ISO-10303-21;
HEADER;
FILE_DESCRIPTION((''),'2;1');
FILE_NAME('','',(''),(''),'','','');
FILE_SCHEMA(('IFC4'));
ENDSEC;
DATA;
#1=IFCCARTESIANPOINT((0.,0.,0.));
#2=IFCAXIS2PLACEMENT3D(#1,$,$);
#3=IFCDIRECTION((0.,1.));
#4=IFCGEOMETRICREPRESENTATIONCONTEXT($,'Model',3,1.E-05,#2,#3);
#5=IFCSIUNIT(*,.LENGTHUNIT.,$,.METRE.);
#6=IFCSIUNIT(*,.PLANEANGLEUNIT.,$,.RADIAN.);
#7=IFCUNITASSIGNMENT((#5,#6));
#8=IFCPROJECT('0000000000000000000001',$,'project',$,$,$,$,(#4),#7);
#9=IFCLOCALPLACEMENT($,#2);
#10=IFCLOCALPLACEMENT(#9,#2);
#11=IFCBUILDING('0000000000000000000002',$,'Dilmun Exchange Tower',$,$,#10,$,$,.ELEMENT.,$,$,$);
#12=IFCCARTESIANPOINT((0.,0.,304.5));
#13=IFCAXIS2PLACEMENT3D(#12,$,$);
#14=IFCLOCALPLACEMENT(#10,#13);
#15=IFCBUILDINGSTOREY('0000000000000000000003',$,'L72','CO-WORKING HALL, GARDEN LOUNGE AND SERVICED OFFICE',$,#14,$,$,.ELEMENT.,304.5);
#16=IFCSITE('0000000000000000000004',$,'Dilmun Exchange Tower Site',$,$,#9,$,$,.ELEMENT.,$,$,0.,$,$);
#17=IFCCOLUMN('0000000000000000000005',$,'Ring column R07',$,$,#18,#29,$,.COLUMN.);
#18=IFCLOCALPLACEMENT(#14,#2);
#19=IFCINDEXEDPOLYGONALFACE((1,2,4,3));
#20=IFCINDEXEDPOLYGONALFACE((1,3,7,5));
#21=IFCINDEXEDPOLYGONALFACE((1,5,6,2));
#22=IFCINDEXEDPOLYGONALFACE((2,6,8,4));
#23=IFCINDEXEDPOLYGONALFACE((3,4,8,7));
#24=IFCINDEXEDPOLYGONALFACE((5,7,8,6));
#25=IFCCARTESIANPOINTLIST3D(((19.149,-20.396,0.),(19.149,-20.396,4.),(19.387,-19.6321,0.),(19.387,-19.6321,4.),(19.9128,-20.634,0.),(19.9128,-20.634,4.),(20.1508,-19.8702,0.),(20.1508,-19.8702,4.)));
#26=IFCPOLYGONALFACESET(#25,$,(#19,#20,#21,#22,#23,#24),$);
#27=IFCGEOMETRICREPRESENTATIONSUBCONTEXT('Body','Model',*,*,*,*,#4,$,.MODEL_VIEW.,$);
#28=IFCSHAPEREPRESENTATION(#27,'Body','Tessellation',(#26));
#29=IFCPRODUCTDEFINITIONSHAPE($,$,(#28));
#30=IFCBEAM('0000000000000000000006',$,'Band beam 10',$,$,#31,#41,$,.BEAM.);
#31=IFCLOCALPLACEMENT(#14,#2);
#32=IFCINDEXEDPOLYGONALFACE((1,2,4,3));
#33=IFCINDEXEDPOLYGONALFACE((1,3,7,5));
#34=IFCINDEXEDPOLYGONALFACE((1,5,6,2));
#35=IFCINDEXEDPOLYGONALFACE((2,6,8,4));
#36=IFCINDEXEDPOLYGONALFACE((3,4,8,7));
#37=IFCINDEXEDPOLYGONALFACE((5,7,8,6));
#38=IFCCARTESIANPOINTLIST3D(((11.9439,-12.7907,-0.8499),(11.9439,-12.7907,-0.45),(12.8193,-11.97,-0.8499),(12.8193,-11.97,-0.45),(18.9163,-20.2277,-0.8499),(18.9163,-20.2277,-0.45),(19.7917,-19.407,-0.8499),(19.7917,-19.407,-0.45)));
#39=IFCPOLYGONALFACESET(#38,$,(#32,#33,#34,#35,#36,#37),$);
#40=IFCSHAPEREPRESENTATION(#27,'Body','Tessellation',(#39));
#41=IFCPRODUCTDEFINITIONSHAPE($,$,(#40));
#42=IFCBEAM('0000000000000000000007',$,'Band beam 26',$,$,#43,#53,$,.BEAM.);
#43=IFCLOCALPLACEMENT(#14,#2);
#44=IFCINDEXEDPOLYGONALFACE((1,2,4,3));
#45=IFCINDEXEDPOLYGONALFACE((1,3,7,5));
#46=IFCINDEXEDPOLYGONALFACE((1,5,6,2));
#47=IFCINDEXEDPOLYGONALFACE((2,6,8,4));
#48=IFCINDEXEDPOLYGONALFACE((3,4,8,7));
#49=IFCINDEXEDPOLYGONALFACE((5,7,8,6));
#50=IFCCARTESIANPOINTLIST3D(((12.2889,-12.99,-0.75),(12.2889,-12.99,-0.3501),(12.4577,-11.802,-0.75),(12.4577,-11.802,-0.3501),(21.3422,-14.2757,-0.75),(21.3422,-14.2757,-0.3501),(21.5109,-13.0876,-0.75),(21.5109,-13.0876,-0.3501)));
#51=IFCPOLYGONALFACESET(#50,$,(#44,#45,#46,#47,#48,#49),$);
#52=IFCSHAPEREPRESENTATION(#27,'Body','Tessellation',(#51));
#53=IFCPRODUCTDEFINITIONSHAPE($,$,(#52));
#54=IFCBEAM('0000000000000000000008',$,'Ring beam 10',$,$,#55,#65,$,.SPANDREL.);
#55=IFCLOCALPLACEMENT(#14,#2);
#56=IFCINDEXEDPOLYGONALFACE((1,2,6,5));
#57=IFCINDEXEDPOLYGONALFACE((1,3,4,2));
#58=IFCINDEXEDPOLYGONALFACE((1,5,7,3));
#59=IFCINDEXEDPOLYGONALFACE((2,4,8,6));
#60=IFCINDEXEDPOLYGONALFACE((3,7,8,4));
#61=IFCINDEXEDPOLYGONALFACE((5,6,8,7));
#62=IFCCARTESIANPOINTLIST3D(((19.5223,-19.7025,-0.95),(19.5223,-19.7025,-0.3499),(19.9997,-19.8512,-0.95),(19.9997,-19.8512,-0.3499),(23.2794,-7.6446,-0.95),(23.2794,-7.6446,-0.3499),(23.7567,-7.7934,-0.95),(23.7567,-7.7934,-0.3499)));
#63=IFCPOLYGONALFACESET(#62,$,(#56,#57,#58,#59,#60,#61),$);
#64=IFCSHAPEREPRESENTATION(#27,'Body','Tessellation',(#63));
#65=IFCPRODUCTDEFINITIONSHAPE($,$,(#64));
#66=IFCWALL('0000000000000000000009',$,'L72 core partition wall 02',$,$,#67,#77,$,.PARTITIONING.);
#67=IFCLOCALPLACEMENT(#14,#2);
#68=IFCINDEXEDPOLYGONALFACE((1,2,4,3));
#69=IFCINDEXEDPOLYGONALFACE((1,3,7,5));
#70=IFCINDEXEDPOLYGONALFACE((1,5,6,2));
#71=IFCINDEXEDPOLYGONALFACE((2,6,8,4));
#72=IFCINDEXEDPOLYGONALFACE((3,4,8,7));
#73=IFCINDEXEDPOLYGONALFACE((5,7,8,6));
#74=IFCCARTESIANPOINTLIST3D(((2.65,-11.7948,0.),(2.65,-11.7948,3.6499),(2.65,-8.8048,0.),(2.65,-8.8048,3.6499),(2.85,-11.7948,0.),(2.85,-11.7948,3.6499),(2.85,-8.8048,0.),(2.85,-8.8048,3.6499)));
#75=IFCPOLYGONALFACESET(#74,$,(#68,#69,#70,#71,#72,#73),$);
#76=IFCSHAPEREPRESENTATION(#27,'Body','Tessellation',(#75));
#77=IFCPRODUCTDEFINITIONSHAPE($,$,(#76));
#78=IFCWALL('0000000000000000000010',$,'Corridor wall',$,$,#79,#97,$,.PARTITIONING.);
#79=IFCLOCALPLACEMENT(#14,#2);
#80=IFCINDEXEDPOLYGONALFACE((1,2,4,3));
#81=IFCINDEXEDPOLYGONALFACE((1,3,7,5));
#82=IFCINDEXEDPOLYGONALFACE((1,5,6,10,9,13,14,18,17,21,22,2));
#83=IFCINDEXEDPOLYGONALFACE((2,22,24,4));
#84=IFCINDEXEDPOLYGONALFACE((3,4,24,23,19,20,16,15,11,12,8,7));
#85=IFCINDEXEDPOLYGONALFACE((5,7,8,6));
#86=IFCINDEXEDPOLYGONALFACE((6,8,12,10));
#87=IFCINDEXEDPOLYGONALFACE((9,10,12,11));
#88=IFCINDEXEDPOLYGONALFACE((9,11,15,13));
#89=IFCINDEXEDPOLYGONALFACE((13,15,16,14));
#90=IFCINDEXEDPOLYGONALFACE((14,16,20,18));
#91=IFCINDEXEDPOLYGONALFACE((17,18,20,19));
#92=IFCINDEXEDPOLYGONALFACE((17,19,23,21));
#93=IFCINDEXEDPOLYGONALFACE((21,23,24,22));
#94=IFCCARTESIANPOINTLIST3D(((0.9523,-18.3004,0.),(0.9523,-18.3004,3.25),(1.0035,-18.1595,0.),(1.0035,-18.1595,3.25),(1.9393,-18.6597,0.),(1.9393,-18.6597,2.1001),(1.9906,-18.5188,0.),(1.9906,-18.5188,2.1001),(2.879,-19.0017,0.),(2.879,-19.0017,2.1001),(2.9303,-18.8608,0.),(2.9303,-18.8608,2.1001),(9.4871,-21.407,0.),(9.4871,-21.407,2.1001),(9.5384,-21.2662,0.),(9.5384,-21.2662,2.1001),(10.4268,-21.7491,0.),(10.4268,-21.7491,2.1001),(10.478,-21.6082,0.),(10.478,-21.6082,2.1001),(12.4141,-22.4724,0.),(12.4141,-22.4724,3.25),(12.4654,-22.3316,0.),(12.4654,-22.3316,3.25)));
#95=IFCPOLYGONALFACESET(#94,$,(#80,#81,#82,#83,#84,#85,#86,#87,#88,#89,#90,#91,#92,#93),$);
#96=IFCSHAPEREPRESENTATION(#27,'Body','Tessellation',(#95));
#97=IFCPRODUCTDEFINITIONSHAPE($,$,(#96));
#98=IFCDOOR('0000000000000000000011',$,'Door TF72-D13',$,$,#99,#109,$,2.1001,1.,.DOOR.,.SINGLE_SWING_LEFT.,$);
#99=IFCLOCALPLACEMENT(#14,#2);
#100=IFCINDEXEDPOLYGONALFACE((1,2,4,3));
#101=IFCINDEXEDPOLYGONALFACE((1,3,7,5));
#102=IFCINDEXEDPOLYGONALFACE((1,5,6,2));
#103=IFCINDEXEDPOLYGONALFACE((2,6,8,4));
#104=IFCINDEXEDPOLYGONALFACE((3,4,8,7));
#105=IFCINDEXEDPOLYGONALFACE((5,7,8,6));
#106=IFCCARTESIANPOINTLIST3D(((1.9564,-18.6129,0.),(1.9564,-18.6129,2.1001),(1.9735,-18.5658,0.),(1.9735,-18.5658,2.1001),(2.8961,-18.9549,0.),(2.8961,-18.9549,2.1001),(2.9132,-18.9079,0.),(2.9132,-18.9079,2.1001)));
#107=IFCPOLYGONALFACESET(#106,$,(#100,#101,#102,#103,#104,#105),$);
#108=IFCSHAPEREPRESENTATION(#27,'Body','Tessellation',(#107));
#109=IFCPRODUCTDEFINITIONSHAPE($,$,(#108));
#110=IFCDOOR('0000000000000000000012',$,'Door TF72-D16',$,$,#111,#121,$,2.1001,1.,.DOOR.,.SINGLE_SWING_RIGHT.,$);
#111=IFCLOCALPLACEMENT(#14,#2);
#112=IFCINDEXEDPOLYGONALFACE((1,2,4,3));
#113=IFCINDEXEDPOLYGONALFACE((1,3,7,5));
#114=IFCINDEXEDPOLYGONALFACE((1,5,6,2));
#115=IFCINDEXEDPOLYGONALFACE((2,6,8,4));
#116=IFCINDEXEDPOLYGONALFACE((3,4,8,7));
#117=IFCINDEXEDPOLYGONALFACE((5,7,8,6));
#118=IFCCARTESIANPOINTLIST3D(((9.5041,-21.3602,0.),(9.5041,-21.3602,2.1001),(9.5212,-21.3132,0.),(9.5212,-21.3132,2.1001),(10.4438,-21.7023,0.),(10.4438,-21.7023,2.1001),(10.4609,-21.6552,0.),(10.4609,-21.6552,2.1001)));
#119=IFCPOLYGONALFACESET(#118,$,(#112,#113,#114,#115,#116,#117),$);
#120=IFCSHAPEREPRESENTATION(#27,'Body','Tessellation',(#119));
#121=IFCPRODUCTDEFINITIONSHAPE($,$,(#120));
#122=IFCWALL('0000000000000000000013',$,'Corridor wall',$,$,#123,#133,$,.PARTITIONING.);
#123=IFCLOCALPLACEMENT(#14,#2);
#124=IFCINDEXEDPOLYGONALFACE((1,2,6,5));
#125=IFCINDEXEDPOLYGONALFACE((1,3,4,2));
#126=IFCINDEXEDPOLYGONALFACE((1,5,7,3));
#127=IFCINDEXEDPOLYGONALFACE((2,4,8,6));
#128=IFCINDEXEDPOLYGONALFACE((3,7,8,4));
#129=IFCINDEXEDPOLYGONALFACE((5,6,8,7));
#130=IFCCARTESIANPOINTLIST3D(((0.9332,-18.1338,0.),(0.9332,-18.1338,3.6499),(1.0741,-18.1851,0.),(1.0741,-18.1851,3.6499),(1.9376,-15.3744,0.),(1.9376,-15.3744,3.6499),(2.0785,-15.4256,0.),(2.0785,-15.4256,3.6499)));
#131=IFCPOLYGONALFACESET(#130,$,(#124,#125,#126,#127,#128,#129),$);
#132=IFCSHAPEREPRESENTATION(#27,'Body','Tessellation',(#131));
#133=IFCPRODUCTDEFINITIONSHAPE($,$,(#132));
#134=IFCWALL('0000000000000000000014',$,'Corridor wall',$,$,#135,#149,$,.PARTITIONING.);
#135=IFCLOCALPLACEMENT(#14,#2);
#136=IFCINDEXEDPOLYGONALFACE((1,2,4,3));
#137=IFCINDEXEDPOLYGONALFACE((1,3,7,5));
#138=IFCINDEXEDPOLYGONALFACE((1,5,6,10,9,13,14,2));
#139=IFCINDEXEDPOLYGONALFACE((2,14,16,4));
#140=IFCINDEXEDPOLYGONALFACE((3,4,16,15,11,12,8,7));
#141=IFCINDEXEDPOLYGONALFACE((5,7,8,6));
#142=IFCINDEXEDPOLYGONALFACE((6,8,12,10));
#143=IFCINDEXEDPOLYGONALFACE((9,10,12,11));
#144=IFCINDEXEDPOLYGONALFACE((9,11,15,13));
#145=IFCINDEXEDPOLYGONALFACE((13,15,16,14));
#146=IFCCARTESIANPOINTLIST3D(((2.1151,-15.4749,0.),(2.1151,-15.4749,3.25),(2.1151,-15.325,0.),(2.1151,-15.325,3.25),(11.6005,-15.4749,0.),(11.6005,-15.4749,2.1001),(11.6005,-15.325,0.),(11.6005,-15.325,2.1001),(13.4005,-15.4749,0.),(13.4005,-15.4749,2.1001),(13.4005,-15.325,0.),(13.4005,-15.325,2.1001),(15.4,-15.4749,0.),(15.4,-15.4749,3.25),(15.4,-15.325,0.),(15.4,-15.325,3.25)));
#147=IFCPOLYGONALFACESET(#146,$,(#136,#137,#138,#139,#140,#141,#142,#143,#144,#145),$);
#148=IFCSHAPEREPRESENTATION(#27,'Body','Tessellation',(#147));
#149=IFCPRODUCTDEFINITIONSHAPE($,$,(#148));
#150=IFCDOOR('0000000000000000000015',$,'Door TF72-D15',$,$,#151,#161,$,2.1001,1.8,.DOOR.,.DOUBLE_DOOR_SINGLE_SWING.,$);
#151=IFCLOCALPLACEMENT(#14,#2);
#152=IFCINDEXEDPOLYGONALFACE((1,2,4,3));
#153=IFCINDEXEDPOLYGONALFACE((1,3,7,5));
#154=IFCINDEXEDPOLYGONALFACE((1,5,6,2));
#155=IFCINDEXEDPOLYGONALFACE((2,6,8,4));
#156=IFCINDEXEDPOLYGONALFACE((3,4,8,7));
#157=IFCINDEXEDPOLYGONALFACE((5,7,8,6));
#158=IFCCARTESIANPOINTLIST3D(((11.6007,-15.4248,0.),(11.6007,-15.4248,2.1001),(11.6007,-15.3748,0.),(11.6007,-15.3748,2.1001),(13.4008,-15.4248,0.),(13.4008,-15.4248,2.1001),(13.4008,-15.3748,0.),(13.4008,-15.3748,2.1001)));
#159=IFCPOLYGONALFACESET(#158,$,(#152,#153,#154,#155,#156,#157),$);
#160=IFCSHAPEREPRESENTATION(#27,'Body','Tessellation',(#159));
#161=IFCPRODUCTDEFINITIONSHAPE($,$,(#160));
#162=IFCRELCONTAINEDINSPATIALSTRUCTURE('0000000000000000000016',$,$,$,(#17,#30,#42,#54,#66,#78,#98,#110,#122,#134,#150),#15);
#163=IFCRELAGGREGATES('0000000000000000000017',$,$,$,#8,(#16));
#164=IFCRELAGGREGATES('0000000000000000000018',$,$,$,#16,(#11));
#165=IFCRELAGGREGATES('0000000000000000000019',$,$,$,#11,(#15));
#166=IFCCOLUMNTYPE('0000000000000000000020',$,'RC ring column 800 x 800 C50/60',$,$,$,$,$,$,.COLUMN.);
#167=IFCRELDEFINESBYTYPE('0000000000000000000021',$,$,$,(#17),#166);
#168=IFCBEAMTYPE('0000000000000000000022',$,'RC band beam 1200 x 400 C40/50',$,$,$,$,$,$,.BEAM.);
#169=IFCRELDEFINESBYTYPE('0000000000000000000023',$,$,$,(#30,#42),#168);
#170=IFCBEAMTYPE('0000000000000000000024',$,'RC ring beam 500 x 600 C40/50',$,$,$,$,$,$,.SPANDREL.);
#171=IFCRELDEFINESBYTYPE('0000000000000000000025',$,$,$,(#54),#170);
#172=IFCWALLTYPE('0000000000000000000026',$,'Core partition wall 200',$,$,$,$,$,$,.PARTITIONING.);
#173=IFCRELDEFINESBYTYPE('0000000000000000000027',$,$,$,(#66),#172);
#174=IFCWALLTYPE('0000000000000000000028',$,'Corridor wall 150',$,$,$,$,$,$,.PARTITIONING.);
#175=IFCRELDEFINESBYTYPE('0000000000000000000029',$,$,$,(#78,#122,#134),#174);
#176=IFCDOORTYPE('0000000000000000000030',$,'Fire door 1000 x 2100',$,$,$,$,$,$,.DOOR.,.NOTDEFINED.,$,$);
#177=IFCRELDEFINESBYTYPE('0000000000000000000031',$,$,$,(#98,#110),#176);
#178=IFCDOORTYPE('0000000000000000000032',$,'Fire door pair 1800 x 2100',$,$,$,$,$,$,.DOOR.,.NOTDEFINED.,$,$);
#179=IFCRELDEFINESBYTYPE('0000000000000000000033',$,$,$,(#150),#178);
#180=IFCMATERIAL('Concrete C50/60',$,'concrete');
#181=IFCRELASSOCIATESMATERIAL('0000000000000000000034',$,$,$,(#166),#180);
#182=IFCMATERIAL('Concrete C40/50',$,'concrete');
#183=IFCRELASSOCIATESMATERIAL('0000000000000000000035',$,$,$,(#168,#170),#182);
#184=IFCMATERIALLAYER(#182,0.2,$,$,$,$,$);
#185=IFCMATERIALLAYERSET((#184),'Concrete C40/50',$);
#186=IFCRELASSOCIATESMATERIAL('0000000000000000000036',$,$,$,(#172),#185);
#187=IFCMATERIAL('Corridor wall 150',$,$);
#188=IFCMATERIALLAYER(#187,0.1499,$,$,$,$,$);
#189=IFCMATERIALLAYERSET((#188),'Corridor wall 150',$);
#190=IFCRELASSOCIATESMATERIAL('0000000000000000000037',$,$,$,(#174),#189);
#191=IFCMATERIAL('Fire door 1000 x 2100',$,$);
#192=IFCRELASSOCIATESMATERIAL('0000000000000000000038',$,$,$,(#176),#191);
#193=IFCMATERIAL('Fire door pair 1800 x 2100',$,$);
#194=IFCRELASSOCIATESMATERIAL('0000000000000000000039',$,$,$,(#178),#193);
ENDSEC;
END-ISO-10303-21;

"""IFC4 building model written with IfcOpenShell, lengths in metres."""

from ifc_helpers import new_model, si_unit, direction, frame, frame_2d, origin, origin_2d, place, context, subcontext, project, spatial, rectangle, extrude, material, layer, layer_set, material_profile, profile_set, type_object, element, fill, save


model = new_model("IFC4")

# Units and contexts
model_context = context("Model", 3, precision=1e-05, world=origin(), true_north=direction((0.0, 1.0)))
body_context = subcontext(model_context, "Body", "Model", "MODEL_VIEW")
ifc_project = project(units=[si_unit("LENGTHUNIT", "METRE"), si_unit("PLANEANGLEUNIT", "RADIAN")], contexts=[model_context])

# Site, building, storey
site_placement = place(None, origin())
site = spatial("IfcSite", under=ifc_project, at=site_placement, Name="Dilmun Exchange Tower Site", CompositionType="ELEMENT", RefElevation=0.0)
building_placement = place(site_placement, origin())
building = spatial("IfcBuilding", under=site, at=building_placement, Name="Dilmun Exchange Tower", CompositionType="ELEMENT")
storey_placement = place(building_placement, frame((0.0, 0.0, 304.5)))
storey = spatial("IfcBuildingStorey", under=building, at=storey_placement, Name="L72", Description="CO-WORKING HALL, GARDEN LOUNGE AND SERVICED OFFICE", CompositionType="ELEMENT", Elevation=304.5)

# Column
ifc_material_1 = material(Name="Concrete C50/60", Category="concrete")
ifc_material_profile_1 = material_profile(ifc_material_1, rectangle(XDim=0.8, YDim=0.8, at=origin_2d()), Name="800 x 800")
ifc_profile_set_1 = profile_set([ifc_material_profile_1], Name="Concrete C50/60")
column_type = type_object("IfcColumnType", Name="RC ring column 800 x 800 C50/60", PredefinedType="COLUMN", material=ifc_profile_set_1)
column_placement = place(storey_placement, frame((19.6499, -20.1331, 0.0), z_axis=(0.0, 0.0, 1.0), x_axis=(0.297503, 0.954721, 0.0)))
element("IfcColumn", 1, at=column_placement, inside=storey, type_object=column_type, Name="Ring column R07", PredefinedType="COLUMN", context=body_context, shape_type="SweptSolid", body=[
    extrude(rectangle(XDim=0.8, YDim=0.8, at=origin_2d()), origin(), (0.0, 0.0, 1.0), 4.0),
])

# Beams
ifc_material_2 = material(Name="Concrete C40/50", Category="concrete")
ifc_material_profile_2 = material_profile(ifc_material_2, rectangle(XDim=1.2, YDim=0.3999, at=origin_2d()), Name="1200 x 400")
ifc_profile_set_2 = profile_set([ifc_material_profile_2], Name="Concrete C40/50")
beam_type_1 = type_object("IfcBeamType", Name="RC band beam 1200 x 400 C40/50", PredefinedType="BEAM", material=ifc_profile_set_2)
beam_1_placement = place(storey_placement, frame((19.354, -19.8174, -0.6499), z_axis=(-0.683952, 0.729527, 0.0), x_axis=(-0.729527, -0.683952, 0.0)))
element("IfcBeam", 2, at=beam_1_placement, inside=storey, type_object=beam_type_1, Name="Band beam 10", PredefinedType="BEAM", context=body_context, shape_type="SweptSolid", body=[
    extrude(rectangle(XDim=1.2, YDim=0.3999, at=origin_2d()), origin(), (0.0, 0.0, 1.0), 10.1943),
])
beam_2_placement = place(storey_placement, frame((21.4265, -13.6816, -0.55), z_axis=(-0.990067, 0.140599, 0.0), x_axis=(-0.140599, -0.990067, 0.0)))
element("IfcBeam", 3, at=beam_2_placement, inside=storey, type_object=beam_type_1, Name="Band beam 26", PredefinedType="BEAM", context=body_context, shape_type="SweptSolid", body=[
    extrude(rectangle(XDim=1.2, YDim=0.3999, at=origin_2d()), origin(), (0.0, 0.0, 1.0), 9.144),
])
ifc_material_profile_3 = material_profile(ifc_material_2, rectangle(XDim=0.5, YDim=0.6001, at=origin_2d()), Name="500 x 600")
ifc_profile_set_3 = profile_set([ifc_material_profile_3], Name="Concrete C40/50")
beam_type_2 = type_object("IfcBeamType", Name="RC ring beam 500 x 600 C40/50", PredefinedType="SPANDREL", material=ifc_profile_set_3)
beam_3_placement = place(storey_placement, frame((19.761, -19.7769, -0.6499), z_axis=(0.297481, 0.954728, 0.0), x_axis=(-0.954728, 0.297481, 0.0)))
element("IfcBeam", 4, at=beam_3_placement, inside=storey, type_object=beam_type_2, Name="Ring beam 10", PredefinedType="SPANDREL", context=body_context, shape_type="SweptSolid", body=[
    extrude(rectangle(XDim=0.5, YDim=0.6001, at=origin_2d()), origin(), (0.0, 0.0, 1.0), 12.6296),
])

# Wall
ifc_layer_1 = layer(ifc_material_2, 0.2)
ifc_layer_set_1 = layer_set([ifc_layer_1], Name="Concrete C40/50")
wall_type_1 = type_object("IfcWallType", Name="Core partition wall 200", PredefinedType="PARTITIONING", material=ifc_layer_set_1)
wall_1_placement = place(storey_placement, frame((2.75, -11.7949, 0.0), z_axis=(0.0, 0.0, 1.0), x_axis=(0.0, 1.0, 0.0)))
element("IfcWall", 5, at=wall_1_placement, inside=storey, type_object=wall_type_1, Name="L72 core partition wall 02", PredefinedType="PARTITIONING", context=body_context, shape_type="SweptSolid", body=[
    extrude(rectangle(XDim=2.99, YDim=0.2, at=frame_2d((1.4951, 0.0))), origin(), (0.0, 0.0, 1.0), 3.6499),
])

# Wall, openings, doors
ifc_material_3 = material(Name="Corridor wall 150")
ifc_layer_2 = layer(ifc_material_3, 0.1499)
ifc_layer_set_2 = layer_set([ifc_layer_2], Name="Corridor wall 150")
wall_type_2 = type_object("IfcWallType", Name="Corridor wall 150", PredefinedType="PARTITIONING", material=ifc_layer_set_2)
wall_2_placement = place(storey_placement, frame((0.978, -18.23, 0.0), z_axis=(0.0, 0.0, 1.0), x_axis=(0.939684, -0.342044, 0.0)))
wall_2 = element("IfcWall", 6, at=wall_2_placement, inside=storey, type_object=wall_type_2, Name="Corridor wall", PredefinedType="PARTITIONING", context=body_context, shape_type="SweptSolid", body=[
    extrude(rectangle(XDim=12.1975, YDim=0.1499, at=frame_2d((6.0986, 0.0))), origin(), (0.0, 0.0, 1.0), 3.25),
])
opening_1_placement = place(wall_2_placement, frame((1.0503, 0.0, 0.0)))
opening_1 = element("IfcOpeningElement", 7, at=opening_1_placement, cuts=wall_2, PredefinedType="OPENING", context=body_context, shape_type="SweptSolid", body=[
    extrude(rectangle(XDim=1.0, YDim=2.1001, at=frame_2d((0.5, 1.05))), frame((0.0, 0.085, 0.0), z_axis=(0.0, -1.0, 0.0), x_axis=(1.0, 0.0, 0.0)), (0.0, 0.0, 1.0), 0.1699),
])
opening_2_placement = place(wall_2_placement, frame((9.0825, 0.0, 0.0)))
opening_2 = element("IfcOpeningElement", 8, at=opening_2_placement, cuts=wall_2, PredefinedType="OPENING", context=body_context, shape_type="SweptSolid", body=[
    extrude(rectangle(XDim=1.0, YDim=2.1001, at=frame_2d((0.5, 1.05))), frame((0.0, 0.085, 0.0), z_axis=(0.0, -1.0, 0.0), x_axis=(1.0, 0.0, 0.0)), (0.0, 0.0, 1.0), 0.1699),
])
ifc_material_4 = material(Name="Fire door 1000 x 2100")
door_type_1 = type_object("IfcDoorType", Name="Fire door 1000 x 2100", OperationType="NOTDEFINED", PredefinedType="DOOR", material=ifc_material_4)
door_1_placement = place(opening_1_placement, origin())
door_1 = element("IfcDoor", 9, at=door_1_placement, inside=storey, type_object=door_type_1, Name="Door TF72-D13", OperationType="SINGLE_SWING_LEFT", OverallHeight=2.1001, OverallWidth=1.0, PredefinedType="DOOR", context=body_context, shape_type="SweptSolid", body=[
    extrude(rectangle(XDim=1.0, YDim=2.1001, at=frame_2d((0.5, 1.05))), frame((0.0, 0.0249, 0.0), z_axis=(0.0, -1.0, 0.0), x_axis=(1.0, 0.0, 0.0)), (0.0, 0.0, 1.0), 0.05),
])
fill(opening_1, door_1)
door_2_placement = place(opening_2_placement, origin())
door_2 = element("IfcDoor", 10, at=door_2_placement, inside=storey, type_object=door_type_1, Name="Door TF72-D16", OperationType="SINGLE_SWING_RIGHT", OverallHeight=2.1001, OverallWidth=1.0, PredefinedType="DOOR", context=body_context, shape_type="SweptSolid", body=[
    extrude(rectangle(XDim=1.0, YDim=2.1001, at=frame_2d((0.5, 1.05))), frame((0.0, 0.0249, 0.0), z_axis=(0.0, -1.0, 0.0), x_axis=(1.0, 0.0, 0.0)), (0.0, 0.0, 1.0), 0.05),
])
fill(opening_2, door_2)

# Wall
wall_3_placement = place(storey_placement, frame((1.0037, -18.1594, 0.0), z_axis=(0.0, 0.0, 1.0), x_axis=(0.342023, 0.939691, 0.0)))
element("IfcWall", 11, at=wall_3_placement, inside=storey, type_object=wall_type_2, Name="Corridor wall", PredefinedType="PARTITIONING", context=body_context, shape_type="SweptSolid", body=[
    extrude(rectangle(XDim=2.9365, YDim=0.1499, at=frame_2d((1.4683, 0.0))), origin(), (0.0, 0.0, 1.0), 3.6499),
])

# Wall, opening, door
wall_4_placement = place(storey_placement, frame((2.115, -15.3999, 0.0), z_axis=(0.0, 0.0, 1.0), x_axis=(1.0, 0.0, 0.0)))
wall_4 = element("IfcWall", 12, at=wall_4_placement, inside=storey, type_object=wall_type_2, Name="Corridor wall", PredefinedType="PARTITIONING", context=body_context, shape_type="SweptSolid", body=[
    extrude(rectangle(XDim=13.2849, YDim=0.1499, at=frame_2d((6.6426, 0.0))), origin(), (0.0, 0.0, 1.0), 3.25),
])
opening_3_placement = place(wall_4_placement, frame((9.4856, 0.0, 0.0)))
opening_3 = element("IfcOpeningElement", 13, at=opening_3_placement, cuts=wall_4, PredefinedType="OPENING", context=body_context, shape_type="SweptSolid", body=[
    extrude(rectangle(XDim=1.8, YDim=2.1001, at=frame_2d((0.8999, 1.05))), frame((0.0, 0.085, 0.0), z_axis=(0.0, -1.0, 0.0), x_axis=(1.0, 0.0, 0.0)), (0.0, 0.0, 1.0), 0.1699),
])
ifc_material_5 = material(Name="Fire door pair 1800 x 2100")
door_type_2 = type_object("IfcDoorType", Name="Fire door pair 1800 x 2100", OperationType="NOTDEFINED", PredefinedType="DOOR", material=ifc_material_5)
door_3_placement = place(opening_3_placement, frame((1.8, 0.0, 0.0), z_axis=(0.0, 0.0, 1.0), x_axis=(-1.0, 0.0, 0.0)))
door_3 = element("IfcDoor", 14, at=door_3_placement, inside=storey, type_object=door_type_2, Name="Door TF72-D15", OperationType="DOUBLE_DOOR_SINGLE_SWING", OverallHeight=2.1001, OverallWidth=1.8, PredefinedType="DOOR", context=body_context, shape_type="SweptSolid", body=[
    extrude(rectangle(XDim=1.8, YDim=2.1001, at=frame_2d((0.8999, 1.05))), frame((0.0, 0.0249, 0.0), z_axis=(0.0, -1.0, 0.0), x_axis=(1.0, 0.0, 0.0)), (0.0, 0.0, 1.0), 0.05),
])
fill(opening_3, door_3)

save(model, "model.ifc")
